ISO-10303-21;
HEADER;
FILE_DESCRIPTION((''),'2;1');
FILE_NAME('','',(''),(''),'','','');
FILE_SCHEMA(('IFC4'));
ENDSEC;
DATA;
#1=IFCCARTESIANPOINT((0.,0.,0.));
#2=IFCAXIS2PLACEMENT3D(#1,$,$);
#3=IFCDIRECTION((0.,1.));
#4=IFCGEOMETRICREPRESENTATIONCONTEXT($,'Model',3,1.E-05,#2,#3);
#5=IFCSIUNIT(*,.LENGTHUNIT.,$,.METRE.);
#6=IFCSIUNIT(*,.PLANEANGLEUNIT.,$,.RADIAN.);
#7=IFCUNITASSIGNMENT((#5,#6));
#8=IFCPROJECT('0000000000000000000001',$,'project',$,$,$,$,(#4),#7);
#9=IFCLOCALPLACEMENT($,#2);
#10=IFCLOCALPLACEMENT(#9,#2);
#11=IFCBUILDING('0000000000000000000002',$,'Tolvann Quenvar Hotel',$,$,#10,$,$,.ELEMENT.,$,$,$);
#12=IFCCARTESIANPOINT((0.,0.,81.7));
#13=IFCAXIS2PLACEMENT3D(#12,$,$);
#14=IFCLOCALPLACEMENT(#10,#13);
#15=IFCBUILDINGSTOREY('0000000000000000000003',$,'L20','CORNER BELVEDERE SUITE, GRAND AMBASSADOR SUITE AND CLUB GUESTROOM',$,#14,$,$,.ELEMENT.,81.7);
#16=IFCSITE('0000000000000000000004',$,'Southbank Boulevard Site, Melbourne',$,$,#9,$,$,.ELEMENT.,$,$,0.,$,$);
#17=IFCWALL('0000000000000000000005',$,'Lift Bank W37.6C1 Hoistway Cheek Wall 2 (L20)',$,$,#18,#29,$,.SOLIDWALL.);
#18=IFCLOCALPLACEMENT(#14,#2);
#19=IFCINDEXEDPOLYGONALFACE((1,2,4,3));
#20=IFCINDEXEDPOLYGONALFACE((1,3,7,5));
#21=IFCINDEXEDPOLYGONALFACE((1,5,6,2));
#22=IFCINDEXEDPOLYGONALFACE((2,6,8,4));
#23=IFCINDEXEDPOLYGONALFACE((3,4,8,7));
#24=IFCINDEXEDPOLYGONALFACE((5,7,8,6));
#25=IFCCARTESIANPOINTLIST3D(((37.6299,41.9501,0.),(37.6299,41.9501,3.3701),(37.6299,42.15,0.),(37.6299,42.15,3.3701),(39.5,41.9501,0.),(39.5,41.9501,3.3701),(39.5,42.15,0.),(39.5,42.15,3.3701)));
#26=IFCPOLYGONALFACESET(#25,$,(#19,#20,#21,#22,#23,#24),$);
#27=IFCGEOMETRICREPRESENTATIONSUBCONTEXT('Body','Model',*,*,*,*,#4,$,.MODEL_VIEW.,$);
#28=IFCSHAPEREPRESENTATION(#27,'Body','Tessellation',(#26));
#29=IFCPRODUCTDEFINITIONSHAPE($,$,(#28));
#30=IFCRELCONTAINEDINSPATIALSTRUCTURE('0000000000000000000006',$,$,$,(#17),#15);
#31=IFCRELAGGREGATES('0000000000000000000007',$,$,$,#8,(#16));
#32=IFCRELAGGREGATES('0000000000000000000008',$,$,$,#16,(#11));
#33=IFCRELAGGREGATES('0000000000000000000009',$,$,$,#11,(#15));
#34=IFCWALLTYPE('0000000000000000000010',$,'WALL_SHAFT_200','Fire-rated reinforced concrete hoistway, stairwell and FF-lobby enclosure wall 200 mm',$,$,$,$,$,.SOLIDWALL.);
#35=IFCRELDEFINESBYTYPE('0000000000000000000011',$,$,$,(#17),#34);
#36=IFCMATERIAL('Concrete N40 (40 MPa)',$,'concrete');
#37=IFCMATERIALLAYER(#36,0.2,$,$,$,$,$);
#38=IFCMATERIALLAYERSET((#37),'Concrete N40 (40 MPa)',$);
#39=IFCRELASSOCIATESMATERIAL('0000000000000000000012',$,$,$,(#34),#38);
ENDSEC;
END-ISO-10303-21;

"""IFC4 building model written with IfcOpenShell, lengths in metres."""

from ifc_helpers import new_model, si_unit, direction, frame, frame_2d, origin, place, context, subcontext, project, spatial, rectangle, extrude, material, layer, layer_set, type_object, element, save


model = new_model("IFC4")

# Units and contexts
model_context = context("Model", 3, precision=1e-05, world=origin(), true_north=direction((0.0, 1.0)))
body_context = subcontext(model_context, "Body", "Model", "MODEL_VIEW")
ifc_project = project(units=[si_unit("LENGTHUNIT", "METRE"), si_unit("PLANEANGLEUNIT", "RADIAN")], contexts=[model_context])

# Site, building, storey
site_placement = place(None, origin())
site = spatial("IfcSite", under=ifc_project, at=site_placement, Name="Southbank Boulevard Site, Melbourne", CompositionType="ELEMENT", RefElevation=0.0)
building_placement = place(site_placement, origin())
building = spatial("IfcBuilding", under=site, at=building_placement, Name="Tolvann Quenvar Hotel", CompositionType="ELEMENT")
storey_placement = place(building_placement, frame((0.0, 0.0, 81.7)))
storey = spatial("IfcBuildingStorey", under=building, at=storey_placement, Name="L20", Description="CORNER BELVEDERE SUITE, GRAND AMBASSADOR SUITE AND CLUB GUESTROOM", CompositionType="ELEMENT", Elevation=81.7)

# Wall
ifc_material_1 = material(Name="Concrete N40 (40 MPa)", Category="concrete")
ifc_layer_1 = layer(ifc_material_1, 0.2)
ifc_layer_set_1 = layer_set([ifc_layer_1], Name="Concrete N40 (40 MPa)")
wall_type_1 = type_object("IfcWallType", Name="WALL_SHAFT_200", Description="Fire-rated reinforced concrete hoistway, stairwell and FF-lobby enclosure wall 200 mm", PredefinedType="SOLIDWALL", material=ifc_layer_set_1)
wall_1_placement = place(storey_placement, frame((37.6299, 42.05, 0.0), z_axis=(0.0, 0.0, 1.0), x_axis=(1.0, 0.0, 0.0)))
element("IfcWall", 1, at=wall_1_placement, inside=storey, type_object=wall_type_1, Name="Lift Bank W37.6C1 Hoistway Cheek Wall 2 (L20)", PredefinedType="SOLIDWALL", context=body_context, shape_type="SweptSolid", body=[
    extrude(rectangle(XDim=1.8701, YDim=0.2, at=frame_2d((0.9351, 0.0))), origin(), (0.0, 0.0, 1.0), 3.3701),
])

save(model, "model.ifc")
